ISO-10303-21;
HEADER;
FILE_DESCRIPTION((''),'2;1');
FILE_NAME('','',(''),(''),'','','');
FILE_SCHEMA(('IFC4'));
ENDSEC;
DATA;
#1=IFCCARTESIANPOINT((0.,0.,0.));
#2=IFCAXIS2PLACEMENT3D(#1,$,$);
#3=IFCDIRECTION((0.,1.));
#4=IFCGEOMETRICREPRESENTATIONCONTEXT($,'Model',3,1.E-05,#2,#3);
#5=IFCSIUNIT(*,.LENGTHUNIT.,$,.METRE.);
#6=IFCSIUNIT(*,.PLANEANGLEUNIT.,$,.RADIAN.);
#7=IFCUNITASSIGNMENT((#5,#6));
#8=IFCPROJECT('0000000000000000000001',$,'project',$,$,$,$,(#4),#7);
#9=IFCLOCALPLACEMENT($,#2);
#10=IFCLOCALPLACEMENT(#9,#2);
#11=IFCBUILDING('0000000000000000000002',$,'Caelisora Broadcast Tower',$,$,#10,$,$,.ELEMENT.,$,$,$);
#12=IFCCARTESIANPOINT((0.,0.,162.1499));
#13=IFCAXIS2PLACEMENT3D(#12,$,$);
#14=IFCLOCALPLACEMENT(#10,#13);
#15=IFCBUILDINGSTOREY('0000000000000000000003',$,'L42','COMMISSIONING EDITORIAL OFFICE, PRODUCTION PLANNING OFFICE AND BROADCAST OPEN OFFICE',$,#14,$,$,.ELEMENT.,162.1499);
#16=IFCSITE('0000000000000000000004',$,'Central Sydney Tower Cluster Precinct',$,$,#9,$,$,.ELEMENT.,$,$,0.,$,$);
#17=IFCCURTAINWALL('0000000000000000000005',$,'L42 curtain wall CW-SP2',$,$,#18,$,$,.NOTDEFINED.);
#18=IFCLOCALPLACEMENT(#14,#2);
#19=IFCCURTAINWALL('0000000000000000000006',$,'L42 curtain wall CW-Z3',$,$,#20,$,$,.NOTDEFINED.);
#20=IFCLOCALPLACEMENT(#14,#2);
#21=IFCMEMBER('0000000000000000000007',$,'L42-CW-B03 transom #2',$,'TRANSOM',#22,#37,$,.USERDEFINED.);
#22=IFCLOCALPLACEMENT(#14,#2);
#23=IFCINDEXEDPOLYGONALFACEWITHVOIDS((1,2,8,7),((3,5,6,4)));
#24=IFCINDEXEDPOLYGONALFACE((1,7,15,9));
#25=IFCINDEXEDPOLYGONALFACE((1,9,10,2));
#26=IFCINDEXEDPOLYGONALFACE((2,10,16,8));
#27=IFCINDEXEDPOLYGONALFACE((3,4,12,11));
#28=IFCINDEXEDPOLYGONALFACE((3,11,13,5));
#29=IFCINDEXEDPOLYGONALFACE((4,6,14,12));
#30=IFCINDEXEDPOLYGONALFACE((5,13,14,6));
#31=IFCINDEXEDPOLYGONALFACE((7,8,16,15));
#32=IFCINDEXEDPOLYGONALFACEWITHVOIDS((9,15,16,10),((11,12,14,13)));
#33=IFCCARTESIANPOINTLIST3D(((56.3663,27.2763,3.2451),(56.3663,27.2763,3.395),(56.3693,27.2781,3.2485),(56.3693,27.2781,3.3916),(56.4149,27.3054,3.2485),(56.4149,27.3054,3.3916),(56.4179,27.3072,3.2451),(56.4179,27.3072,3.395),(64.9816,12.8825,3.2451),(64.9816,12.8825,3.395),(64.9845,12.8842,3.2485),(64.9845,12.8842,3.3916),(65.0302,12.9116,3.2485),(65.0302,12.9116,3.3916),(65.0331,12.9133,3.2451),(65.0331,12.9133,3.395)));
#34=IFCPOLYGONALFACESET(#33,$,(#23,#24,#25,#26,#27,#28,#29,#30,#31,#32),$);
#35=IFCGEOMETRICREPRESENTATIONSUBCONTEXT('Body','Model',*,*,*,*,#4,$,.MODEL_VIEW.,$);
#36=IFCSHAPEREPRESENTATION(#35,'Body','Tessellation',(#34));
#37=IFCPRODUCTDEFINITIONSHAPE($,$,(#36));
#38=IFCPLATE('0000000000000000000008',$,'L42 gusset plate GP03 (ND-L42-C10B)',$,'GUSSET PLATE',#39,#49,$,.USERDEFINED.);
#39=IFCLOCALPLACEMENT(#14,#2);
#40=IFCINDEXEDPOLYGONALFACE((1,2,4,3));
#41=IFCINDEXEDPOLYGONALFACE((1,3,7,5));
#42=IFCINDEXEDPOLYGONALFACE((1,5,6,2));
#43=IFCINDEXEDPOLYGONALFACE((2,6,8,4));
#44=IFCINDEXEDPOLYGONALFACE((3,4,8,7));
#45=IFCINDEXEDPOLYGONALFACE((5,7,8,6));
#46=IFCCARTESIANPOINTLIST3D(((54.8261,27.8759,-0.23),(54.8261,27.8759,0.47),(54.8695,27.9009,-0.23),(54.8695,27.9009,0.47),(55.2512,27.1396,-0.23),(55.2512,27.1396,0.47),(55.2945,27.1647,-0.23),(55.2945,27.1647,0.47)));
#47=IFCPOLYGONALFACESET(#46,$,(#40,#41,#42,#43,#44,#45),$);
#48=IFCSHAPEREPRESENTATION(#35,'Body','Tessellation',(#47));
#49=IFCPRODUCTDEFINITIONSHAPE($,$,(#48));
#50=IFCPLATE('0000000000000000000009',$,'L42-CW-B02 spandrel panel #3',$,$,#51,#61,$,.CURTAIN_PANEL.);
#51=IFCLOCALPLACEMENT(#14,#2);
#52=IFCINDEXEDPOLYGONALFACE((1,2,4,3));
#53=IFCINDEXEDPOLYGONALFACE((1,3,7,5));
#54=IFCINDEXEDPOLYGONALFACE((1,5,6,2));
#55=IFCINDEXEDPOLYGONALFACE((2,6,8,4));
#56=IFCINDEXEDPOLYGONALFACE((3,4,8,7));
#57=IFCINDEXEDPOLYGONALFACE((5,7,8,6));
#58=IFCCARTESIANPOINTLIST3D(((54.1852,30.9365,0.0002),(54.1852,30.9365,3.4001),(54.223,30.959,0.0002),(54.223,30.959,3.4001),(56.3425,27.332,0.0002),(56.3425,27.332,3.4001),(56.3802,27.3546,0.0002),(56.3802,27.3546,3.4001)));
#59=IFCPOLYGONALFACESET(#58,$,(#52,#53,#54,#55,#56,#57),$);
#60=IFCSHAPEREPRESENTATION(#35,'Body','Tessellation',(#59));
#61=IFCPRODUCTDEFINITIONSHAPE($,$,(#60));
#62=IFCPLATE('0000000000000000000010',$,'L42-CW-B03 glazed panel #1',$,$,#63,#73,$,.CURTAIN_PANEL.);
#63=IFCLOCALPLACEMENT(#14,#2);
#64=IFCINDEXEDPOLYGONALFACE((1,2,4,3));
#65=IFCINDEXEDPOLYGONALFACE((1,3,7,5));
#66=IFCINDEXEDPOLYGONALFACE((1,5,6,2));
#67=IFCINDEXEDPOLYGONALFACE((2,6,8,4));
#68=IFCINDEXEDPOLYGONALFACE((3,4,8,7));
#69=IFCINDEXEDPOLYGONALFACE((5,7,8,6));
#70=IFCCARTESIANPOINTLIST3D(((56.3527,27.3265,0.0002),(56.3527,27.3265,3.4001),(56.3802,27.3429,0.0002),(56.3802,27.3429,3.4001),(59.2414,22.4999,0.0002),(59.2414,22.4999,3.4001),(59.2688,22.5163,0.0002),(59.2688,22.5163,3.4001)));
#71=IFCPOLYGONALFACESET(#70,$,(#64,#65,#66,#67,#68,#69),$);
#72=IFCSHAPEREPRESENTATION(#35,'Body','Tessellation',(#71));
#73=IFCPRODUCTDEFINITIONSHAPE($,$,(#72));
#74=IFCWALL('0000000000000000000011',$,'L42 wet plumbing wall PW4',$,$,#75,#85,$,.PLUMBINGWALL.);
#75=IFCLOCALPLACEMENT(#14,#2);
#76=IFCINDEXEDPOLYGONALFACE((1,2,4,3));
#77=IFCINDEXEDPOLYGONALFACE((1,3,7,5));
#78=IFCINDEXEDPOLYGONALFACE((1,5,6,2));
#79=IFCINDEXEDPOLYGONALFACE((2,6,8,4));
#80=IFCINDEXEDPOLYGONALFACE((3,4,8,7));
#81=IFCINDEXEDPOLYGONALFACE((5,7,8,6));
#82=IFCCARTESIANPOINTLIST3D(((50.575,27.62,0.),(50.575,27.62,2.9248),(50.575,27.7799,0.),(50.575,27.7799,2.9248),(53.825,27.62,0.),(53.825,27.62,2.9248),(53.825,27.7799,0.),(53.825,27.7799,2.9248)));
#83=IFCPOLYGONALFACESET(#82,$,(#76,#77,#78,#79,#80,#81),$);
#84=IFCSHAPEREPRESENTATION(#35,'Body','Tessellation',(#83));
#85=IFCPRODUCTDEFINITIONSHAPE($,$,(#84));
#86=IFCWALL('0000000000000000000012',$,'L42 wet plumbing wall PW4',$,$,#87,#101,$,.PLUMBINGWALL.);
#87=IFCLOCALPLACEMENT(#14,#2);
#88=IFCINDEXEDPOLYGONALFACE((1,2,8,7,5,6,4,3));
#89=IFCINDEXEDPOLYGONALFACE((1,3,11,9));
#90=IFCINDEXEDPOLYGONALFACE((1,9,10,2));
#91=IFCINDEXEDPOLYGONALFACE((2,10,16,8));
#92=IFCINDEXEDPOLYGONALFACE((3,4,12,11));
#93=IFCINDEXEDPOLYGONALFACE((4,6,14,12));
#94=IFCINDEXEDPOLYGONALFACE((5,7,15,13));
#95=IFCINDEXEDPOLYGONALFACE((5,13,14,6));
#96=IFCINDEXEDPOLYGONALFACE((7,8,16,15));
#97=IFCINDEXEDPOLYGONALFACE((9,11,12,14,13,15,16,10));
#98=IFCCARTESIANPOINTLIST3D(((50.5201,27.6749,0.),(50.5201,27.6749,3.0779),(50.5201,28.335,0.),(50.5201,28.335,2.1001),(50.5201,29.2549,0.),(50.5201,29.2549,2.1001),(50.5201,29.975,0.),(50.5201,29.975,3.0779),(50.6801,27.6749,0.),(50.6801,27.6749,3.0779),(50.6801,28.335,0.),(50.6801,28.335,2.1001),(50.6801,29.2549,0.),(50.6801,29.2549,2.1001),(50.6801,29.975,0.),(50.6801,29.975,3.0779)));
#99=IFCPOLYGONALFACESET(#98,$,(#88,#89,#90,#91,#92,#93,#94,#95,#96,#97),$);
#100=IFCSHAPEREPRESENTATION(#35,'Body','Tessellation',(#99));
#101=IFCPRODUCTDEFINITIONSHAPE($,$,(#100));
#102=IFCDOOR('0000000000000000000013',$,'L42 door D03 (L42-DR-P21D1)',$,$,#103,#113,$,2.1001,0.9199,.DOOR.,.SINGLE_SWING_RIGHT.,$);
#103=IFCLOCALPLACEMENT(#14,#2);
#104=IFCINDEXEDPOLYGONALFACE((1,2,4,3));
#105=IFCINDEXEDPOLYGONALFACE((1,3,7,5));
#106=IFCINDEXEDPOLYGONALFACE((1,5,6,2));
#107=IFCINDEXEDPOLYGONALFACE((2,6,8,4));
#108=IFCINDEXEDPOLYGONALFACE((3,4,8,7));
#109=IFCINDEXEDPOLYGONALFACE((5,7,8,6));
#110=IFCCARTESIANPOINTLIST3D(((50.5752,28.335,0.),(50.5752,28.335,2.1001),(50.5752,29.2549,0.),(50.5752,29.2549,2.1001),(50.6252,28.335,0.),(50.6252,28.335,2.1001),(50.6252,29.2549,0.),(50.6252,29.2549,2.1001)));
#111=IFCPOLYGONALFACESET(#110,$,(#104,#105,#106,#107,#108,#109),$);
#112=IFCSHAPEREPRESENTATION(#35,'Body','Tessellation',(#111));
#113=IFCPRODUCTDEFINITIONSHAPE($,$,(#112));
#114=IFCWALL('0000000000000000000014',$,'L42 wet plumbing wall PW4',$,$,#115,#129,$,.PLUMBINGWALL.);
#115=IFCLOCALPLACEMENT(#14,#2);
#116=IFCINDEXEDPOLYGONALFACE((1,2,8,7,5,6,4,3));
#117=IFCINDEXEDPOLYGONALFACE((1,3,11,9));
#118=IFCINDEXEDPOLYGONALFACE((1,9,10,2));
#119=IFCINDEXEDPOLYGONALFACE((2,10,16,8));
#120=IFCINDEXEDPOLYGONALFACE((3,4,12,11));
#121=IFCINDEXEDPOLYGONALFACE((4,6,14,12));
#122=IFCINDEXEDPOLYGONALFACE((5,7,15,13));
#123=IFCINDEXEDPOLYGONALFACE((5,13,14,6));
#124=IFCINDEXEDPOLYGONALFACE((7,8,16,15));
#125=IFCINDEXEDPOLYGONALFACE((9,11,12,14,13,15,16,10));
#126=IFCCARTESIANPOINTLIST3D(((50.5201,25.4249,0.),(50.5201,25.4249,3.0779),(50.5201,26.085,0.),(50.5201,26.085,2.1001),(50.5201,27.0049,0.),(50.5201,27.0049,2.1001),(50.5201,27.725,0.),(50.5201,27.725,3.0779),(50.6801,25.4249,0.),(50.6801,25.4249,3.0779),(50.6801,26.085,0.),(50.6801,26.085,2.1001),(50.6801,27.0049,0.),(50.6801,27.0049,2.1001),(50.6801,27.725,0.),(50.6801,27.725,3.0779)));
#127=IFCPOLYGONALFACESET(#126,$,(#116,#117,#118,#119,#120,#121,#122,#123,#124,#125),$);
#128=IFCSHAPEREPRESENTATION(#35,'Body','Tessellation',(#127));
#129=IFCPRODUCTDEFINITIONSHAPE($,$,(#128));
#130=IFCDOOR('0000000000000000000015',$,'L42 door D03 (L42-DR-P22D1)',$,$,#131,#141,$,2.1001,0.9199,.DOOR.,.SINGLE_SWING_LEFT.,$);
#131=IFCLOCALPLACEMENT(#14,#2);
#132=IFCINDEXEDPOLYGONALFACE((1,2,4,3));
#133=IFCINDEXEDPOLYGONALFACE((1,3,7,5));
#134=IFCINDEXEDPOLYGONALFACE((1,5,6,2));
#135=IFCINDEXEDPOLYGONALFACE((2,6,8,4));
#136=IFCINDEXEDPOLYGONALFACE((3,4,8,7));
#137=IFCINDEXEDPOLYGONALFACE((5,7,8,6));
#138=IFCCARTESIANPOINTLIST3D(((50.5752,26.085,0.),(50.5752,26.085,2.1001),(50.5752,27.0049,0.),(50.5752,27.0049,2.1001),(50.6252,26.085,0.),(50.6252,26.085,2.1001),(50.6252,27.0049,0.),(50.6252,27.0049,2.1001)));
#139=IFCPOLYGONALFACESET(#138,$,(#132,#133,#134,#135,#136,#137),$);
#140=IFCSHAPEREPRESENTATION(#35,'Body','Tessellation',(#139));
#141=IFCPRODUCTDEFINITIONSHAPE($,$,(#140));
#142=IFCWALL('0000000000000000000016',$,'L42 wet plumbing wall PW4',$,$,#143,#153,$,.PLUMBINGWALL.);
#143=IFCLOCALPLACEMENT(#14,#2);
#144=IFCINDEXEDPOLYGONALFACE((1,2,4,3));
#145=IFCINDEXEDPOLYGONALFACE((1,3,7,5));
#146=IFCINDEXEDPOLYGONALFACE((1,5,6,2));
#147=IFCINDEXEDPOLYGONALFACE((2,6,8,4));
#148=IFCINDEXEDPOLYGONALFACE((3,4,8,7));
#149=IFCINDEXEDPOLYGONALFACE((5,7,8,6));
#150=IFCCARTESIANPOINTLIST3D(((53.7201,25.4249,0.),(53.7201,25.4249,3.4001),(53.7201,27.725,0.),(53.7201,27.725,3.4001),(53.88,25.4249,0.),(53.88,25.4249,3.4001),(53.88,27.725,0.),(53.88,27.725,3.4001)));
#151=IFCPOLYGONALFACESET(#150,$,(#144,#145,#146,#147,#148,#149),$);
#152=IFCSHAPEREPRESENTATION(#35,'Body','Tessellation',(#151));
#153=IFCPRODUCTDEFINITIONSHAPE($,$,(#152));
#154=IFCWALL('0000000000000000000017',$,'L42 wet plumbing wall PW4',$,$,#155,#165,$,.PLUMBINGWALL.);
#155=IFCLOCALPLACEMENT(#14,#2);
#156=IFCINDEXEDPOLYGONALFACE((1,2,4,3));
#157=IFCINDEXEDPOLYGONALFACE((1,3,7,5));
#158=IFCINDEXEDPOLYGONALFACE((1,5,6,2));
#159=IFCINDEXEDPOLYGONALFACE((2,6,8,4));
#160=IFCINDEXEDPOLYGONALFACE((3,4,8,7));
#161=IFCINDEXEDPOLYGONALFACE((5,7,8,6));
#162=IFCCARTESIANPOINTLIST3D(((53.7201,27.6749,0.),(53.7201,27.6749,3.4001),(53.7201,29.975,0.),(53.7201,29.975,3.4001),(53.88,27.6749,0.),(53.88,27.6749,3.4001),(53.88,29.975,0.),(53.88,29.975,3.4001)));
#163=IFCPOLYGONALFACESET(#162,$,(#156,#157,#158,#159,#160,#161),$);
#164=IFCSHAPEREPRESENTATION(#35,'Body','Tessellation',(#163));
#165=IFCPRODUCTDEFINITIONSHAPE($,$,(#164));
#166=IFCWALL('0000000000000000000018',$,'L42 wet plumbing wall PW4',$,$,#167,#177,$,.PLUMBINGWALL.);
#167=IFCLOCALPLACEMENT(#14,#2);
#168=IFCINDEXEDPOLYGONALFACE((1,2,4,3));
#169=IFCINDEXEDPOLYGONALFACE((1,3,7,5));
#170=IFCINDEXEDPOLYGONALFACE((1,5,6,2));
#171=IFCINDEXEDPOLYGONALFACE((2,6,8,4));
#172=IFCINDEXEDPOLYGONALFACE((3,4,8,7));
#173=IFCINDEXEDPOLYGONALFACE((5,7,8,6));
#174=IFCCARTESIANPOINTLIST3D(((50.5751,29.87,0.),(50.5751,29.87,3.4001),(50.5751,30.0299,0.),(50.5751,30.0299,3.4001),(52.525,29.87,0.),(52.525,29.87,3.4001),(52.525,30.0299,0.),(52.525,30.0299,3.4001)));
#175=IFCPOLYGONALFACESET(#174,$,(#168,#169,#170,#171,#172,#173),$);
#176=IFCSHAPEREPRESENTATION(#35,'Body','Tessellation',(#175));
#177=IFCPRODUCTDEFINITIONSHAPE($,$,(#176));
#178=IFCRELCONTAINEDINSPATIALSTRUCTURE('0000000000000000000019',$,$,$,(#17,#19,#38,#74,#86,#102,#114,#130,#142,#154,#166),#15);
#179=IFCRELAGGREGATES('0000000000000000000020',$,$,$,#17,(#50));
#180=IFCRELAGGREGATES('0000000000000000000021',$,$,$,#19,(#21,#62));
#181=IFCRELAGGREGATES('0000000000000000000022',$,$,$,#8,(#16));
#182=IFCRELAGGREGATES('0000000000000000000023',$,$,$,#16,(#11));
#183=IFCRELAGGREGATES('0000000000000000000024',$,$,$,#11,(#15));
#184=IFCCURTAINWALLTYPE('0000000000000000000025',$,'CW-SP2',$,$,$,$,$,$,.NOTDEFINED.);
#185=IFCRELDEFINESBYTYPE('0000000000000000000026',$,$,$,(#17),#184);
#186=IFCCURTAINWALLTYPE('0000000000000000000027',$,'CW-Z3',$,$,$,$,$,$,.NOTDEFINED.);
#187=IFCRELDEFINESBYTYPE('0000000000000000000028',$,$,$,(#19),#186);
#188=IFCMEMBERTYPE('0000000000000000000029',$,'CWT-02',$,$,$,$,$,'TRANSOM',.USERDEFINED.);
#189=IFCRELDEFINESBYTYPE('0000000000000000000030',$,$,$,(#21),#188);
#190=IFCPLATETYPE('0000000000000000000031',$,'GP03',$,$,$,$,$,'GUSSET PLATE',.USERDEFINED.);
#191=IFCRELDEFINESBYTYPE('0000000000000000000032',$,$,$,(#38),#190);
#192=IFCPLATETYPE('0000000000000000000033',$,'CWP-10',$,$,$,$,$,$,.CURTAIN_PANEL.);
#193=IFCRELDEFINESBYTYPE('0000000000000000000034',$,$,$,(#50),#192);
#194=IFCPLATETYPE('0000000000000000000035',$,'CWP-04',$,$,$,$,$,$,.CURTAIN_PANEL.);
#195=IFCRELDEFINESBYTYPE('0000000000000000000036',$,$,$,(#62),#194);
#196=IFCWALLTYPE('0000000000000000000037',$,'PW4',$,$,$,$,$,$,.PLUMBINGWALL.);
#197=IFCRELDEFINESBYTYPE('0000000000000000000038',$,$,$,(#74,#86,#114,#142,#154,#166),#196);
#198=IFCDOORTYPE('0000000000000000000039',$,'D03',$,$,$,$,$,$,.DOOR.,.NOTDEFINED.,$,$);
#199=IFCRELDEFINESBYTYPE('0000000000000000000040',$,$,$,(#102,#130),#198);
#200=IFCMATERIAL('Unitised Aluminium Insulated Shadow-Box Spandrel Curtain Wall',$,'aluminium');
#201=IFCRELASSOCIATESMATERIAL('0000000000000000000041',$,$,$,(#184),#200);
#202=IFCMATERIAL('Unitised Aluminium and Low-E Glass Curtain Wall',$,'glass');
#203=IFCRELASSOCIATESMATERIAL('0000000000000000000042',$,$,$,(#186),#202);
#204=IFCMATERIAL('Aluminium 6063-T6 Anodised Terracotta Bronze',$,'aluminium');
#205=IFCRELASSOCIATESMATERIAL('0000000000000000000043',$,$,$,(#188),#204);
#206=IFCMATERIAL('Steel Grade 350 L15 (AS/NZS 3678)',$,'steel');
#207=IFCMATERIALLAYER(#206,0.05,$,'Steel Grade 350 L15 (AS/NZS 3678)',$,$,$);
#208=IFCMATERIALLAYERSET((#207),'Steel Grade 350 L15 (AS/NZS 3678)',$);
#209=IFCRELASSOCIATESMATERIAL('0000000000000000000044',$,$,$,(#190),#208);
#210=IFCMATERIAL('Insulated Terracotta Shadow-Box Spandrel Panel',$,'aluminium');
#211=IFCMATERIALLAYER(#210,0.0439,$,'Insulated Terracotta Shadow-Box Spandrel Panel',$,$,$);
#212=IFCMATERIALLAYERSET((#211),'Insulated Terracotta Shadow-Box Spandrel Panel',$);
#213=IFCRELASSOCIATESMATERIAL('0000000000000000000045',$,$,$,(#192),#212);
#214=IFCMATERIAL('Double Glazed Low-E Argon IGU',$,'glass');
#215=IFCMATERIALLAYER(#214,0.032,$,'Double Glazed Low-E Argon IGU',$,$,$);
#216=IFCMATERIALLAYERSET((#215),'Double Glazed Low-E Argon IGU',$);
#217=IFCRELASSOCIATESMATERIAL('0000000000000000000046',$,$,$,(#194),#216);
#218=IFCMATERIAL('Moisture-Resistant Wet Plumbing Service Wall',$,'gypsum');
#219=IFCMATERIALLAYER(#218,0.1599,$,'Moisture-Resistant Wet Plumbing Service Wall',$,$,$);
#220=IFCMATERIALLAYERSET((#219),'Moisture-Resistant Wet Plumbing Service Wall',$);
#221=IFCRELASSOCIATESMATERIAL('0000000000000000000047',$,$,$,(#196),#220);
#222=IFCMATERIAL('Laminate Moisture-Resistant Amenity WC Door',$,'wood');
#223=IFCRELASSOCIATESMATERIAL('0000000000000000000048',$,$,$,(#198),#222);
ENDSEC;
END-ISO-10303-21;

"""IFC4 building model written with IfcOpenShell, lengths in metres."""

from ifc_helpers import new_model, si_unit, direction, frame, frame_2d, origin, origin_2d, place, context, subcontext, project, spatial, rectangle, hollow_rectangle, extrude, source, transform, mapped, material, layer, layer_set, material_profile, profile_set, type_object, type_shapes, element, fill, aggregate, save


model = new_model("IFC4")

# Units and contexts
model_context = context("Model", 3, precision=1e-05, world=origin(), true_north=direction((0.0, 1.0)))
body_context = subcontext(model_context, "Body", "Model", "MODEL_VIEW")
ifc_project = project(units=[si_unit("LENGTHUNIT", "METRE"), si_unit("PLANEANGLEUNIT", "RADIAN")], contexts=[model_context])

# Site, building, storey
site_placement = place(None, origin())
site = spatial("IfcSite", under=ifc_project, at=site_placement, Name="Central Sydney Tower Cluster Precinct", CompositionType="ELEMENT", RefElevation=0.0)
building_placement = place(site_placement, origin())
building = spatial("IfcBuilding", under=site, at=building_placement, Name="Caelisora Broadcast Tower", CompositionType="ELEMENT")
storey_placement = place(building_placement, frame((0.0, 0.0, 162.1499)))
storey = spatial("IfcBuildingStorey", under=building, at=storey_placement, Name="L42", Description="COMMISSIONING EDITORIAL OFFICE, PRODUCTION PLANNING OFFICE AND BROADCAST OPEN OFFICE", CompositionType="ELEMENT", Elevation=162.1499)

# Shared definitions
ifc_material_1 = material(Name="Steel Grade 350 L15 (AS/NZS 3678)", Category="steel")

# Curtain wall
ifc_material_2 = material(Name="Unitised Aluminium Insulated Shadow-Box Spandrel Curtain Wall", Category="aluminium")
curtain_wall_type_1 = type_object("IfcCurtainWallType", Name="CW-SP2", PredefinedType="NOTDEFINED", material=ifc_material_2)
curtain_wall_1_placement = place(storey_placement, origin())
curtain_wall_1 = element("IfcCurtainWall", 1, at=curtain_wall_1_placement, inside=storey, type_object=curtain_wall_type_1, Name="L42 curtain wall CW-SP2", PredefinedType="NOTDEFINED")
ifc_material_3 = material(Name="Aluminium 6063-T6 Anodised Terracotta Bronze", Category="aluminium")

# Curtain wall, member
ifc_material_4 = material(Name="Unitised Aluminium and Low-E Glass Curtain Wall", Category="glass")
curtain_wall_type_2 = type_object("IfcCurtainWallType", Name="CW-Z3", PredefinedType="NOTDEFINED", material=ifc_material_4)
curtain_wall_2_placement = place(storey_placement, origin())
curtain_wall_2 = element("IfcCurtainWall", 2, at=curtain_wall_2_placement, inside=storey, type_object=curtain_wall_type_2, Name="L42 curtain wall CW-Z3", PredefinedType="NOTDEFINED")
ifc_material_profile_1 = material_profile(ifc_material_3, hollow_rectangle(XDim=0.0601, YDim=0.1499, WallThickness=0.0034, at=origin_2d()), Name="Aluminium 6063-T6 Anodised Terracotta Bronze")
ifc_profile_set_1 = profile_set([ifc_material_profile_1], Name="Aluminium 6063-T6 Anodised Terracotta Bronze")
member_type_1 = type_object("IfcMemberType", Name="CWT-02", ElementType="TRANSOM", PredefinedType="USERDEFINED", material=ifc_profile_set_1)
shared_shape_1 = source(origin(), body_context, "Body", "SweptSolid", [
    extrude(hollow_rectangle(XDim=0.0601, YDim=0.1499, WallThickness=0.0034, at=origin_2d()), origin(), (0.0, 0.0, 1.0), 16.7751),
])
type_shapes(member_type_1, [shared_shape_1])
member_1_placement = place(storey_placement, frame((56.3921, 27.2917, 3.3201), z_axis=(0.513573, -0.858046, 0.0), x_axis=(0.858046, 0.513573, 0.0)))
member_1 = element("IfcMember", 3, at=member_1_placement, type_object=member_type_1, Name="L42-CW-B03 transom #2", ObjectType="TRANSOM", PredefinedType="USERDEFINED", context=body_context, shape_type="MappedRepresentation", body=[
    mapped(shared_shape_1, transform((0.0, 0.0, 0.0), scale=1.0)),
])

# Plates
ifc_layer_1 = layer(ifc_material_1, 0.05, Name="Steel Grade 350 L15 (AS/NZS 3678)")
ifc_layer_set_1 = layer_set([ifc_layer_1], Name="Steel Grade 350 L15 (AS/NZS 3678)")
plate_type_1 = type_object("IfcPlateType", Name="GP03", ElementType="GUSSET PLATE", PredefinedType="USERDEFINED", material=ifc_layer_set_1)
shared_shape_2 = source(origin(), body_context, "Body", "SweptSolid", [
    extrude(rectangle(XDim=0.8501, YDim=0.05, at=origin_2d()), origin(), (0.0, 0.0, 1.0), 0.7),
])
type_shapes(plate_type_1, [shared_shape_2])
plate_1_placement = place(storey_placement, frame((55.0603, 27.5203, -0.23), z_axis=(0.0, 0.0, 1.0), x_axis=(-0.5, 0.866025, 0.0)))
element("IfcPlate", 4, at=plate_1_placement, inside=storey, type_object=plate_type_1, Name="L42 gusset plate GP03 (ND-L42-C10B)", ObjectType="GUSSET PLATE", PredefinedType="USERDEFINED", context=body_context, shape_type="MappedRepresentation", body=[
    mapped(shared_shape_2, transform((0.0, 0.0, 0.0), scale=1.0)),
])
ifc_material_5 = material(Name="Insulated Terracotta Shadow-Box Spandrel Panel", Category="aluminium")
ifc_layer_2 = layer(ifc_material_5, 0.0439, Name="Insulated Terracotta Shadow-Box Spandrel Panel")
ifc_layer_set_2 = layer_set([ifc_layer_2], Name="Insulated Terracotta Shadow-Box Spandrel Panel")
plate_type_2 = type_object("IfcPlateType", Name="CWP-10", PredefinedType="CURTAIN_PANEL", material=ifc_layer_set_2)
shared_shape_3 = source(origin(), body_context, "Body", "SweptSolid", [
    extrude(rectangle(XDim=4.2007, YDim=0.0439, at=origin_2d()), origin(), (0.0, 0.0, 1.0), 3.3999),
])
type_shapes(plate_type_2, [shared_shape_3])
plate_2_placement = place(storey_placement, frame((55.2827, 29.1455, 0.0002), z_axis=(0.0, 0.0, 1.0), x_axis=(0.513541, -0.858065, 0.0)))
plate_2 = element("IfcPlate", 5, at=plate_2_placement, type_object=plate_type_2, Name="L42-CW-B02 spandrel panel #3", PredefinedType="CURTAIN_PANEL", context=body_context, shape_type="MappedRepresentation", body=[
    mapped(shared_shape_3, transform((0.0, 0.0, 0.0), scale=1.0)),
])
aggregate(curtain_wall_1, [plate_2])
ifc_material_6 = material(Name="Double Glazed Low-E Argon IGU", Category="glass")
ifc_layer_3 = layer(ifc_material_6, 0.032, Name="Double Glazed Low-E Argon IGU")
ifc_layer_set_3 = layer_set([ifc_layer_3], Name="Double Glazed Low-E Argon IGU")
plate_type_3 = type_object("IfcPlateType", Name="CWP-04", PredefinedType="CURTAIN_PANEL", material=ifc_layer_set_3)
shared_shape_4 = source(origin(), body_context, "Body", "SweptSolid", [
    extrude(rectangle(XDim=5.625, YDim=0.032, at=origin_2d()), origin(), (0.0, 0.0, 1.0), 3.3999),
])
type_shapes(plate_type_3, [shared_shape_4])
plate_3_placement = place(storey_placement, frame((57.8108, 24.9214, 0.0002), z_axis=(0.0, 0.0, 1.0), x_axis=(0.513541, -0.858065, 0.0)))
plate_3 = element("IfcPlate", 6, at=plate_3_placement, type_object=plate_type_3, Name="L42-CW-B03 glazed panel #1", PredefinedType="CURTAIN_PANEL", context=body_context, shape_type="MappedRepresentation", body=[
    mapped(shared_shape_4, transform((0.0, 0.0, 0.0), scale=1.0)),
])
aggregate(curtain_wall_2, [member_1, plate_3])

# Wall
ifc_material_7 = material(Name="Moisture-Resistant Wet Plumbing Service Wall", Category="gypsum")
ifc_layer_4 = layer(ifc_material_7, 0.1599, Name="Moisture-Resistant Wet Plumbing Service Wall")
ifc_layer_set_4 = layer_set([ifc_layer_4], Name="Moisture-Resistant Wet Plumbing Service Wall")
wall_type = type_object("IfcWallType", Name="PW4", PredefinedType="PLUMBINGWALL", material=ifc_layer_set_4)
wall_1_placement = place(storey_placement, frame((50.575, 27.7, 0.0), z_axis=(0.0, 0.0, 1.0), x_axis=(1.0, 0.0, 0.0)))
element("IfcWall", 7, at=wall_1_placement, inside=storey, type_object=wall_type, Name="L42 wet plumbing wall PW4", PredefinedType="PLUMBINGWALL", context=body_context, shape_type="SweptSolid", body=[
    extrude(rectangle(XDim=3.25, YDim=0.1599, at=frame_2d((1.625, 0.0))), origin(), (0.0, 0.0, 1.0), 2.9248),
])

# Walls, openings, doors
wall_2_placement = place(storey_placement, frame((50.6001, 27.675, 0.0), z_axis=(0.0, 0.0, 1.0), x_axis=(0.0, 1.0, 0.0)))
wall_2 = element("IfcWall", 8, at=wall_2_placement, inside=storey, type_object=wall_type, Name="L42 wet plumbing wall PW4", PredefinedType="PLUMBINGWALL", context=body_context, shape_type="SweptSolid", body=[
    extrude(rectangle(XDim=2.3, YDim=0.1599, at=frame_2d((1.1499, 0.0))), origin(), (0.0, 0.0, 1.0), 3.0779),
])
opening_1_placement = place(wall_2_placement, frame((0.6599, 0.0, 0.0)))
opening_1 = element("IfcOpeningElement", 9, at=opening_1_placement, cuts=wall_2, PredefinedType="OPENING", context=body_context, shape_type="SweptSolid", body=[
    extrude(rectangle(XDim=0.9199, YDim=2.1001, at=frame_2d((0.46, 1.05))), frame((0.0, 0.092, 0.0), z_axis=(0.0, -1.0, 0.0), x_axis=(1.0, 0.0, 0.0)), (0.0, 0.0, 1.0), 0.1838),
])
ifc_material_8 = material(Name="Laminate Moisture-Resistant Amenity WC Door", Category="wood")
door_type = type_object("IfcDoorType", Name="D03", OperationType="NOTDEFINED", PredefinedType="DOOR", material=ifc_material_8)
door_1_placement = place(opening_1_placement, origin())
door_1 = element("IfcDoor", 10, at=door_1_placement, inside=storey, type_object=door_type, Name="L42 door D03 (L42-DR-P21D1)", OperationType="SINGLE_SWING_RIGHT", OverallHeight=2.1001, OverallWidth=0.9199, PredefinedType="DOOR", context=body_context, shape_type="SweptSolid", body=[
    extrude(rectangle(XDim=0.9199, YDim=2.1001, at=frame_2d((0.46, 1.05))), frame((0.0, 0.0249, 0.0), z_axis=(0.0, -1.0, 0.0), x_axis=(1.0, 0.0, 0.0)), (0.0, 0.0, 1.0), 0.05),
])
fill(opening_1, door_1)
wall_3_placement = place(storey_placement, frame((50.6001, 25.425, 0.0), z_axis=(0.0, 0.0, 1.0), x_axis=(0.0, 1.0, 0.0)))
wall_3 = element("IfcWall", 11, at=wall_3_placement, inside=storey, type_object=wall_type, Name="L42 wet plumbing wall PW4", PredefinedType="PLUMBINGWALL", context=body_context, shape_type="SweptSolid", body=[
    extrude(rectangle(XDim=2.3, YDim=0.1599, at=frame_2d((1.1499, 0.0))), origin(), (0.0, 0.0, 1.0), 3.0779),
])
opening_2_placement = place(wall_3_placement, frame((0.6599, 0.0, 0.0)))
opening_2 = element("IfcOpeningElement", 12, at=opening_2_placement, cuts=wall_3, PredefinedType="OPENING", context=body_context, shape_type="SweptSolid", body=[
    extrude(rectangle(XDim=0.9199, YDim=2.1001, at=frame_2d((0.46, 1.05))), frame((0.0, 0.092, 0.0), z_axis=(0.0, -1.0, 0.0), x_axis=(1.0, 0.0, 0.0)), (0.0, 0.0, 1.0), 0.1838),
])
door_2_placement = place(opening_2_placement, origin())
door_2 = element("IfcDoor", 13, at=door_2_placement, inside=storey, type_object=door_type, Name="L42 door D03 (L42-DR-P22D1)", OperationType="SINGLE_SWING_LEFT", OverallHeight=2.1001, OverallWidth=0.9199, PredefinedType="DOOR", context=body_context, shape_type="SweptSolid", body=[
    extrude(rectangle(XDim=0.9199, YDim=2.1001, at=frame_2d((0.46, 1.05))), frame((0.0, 0.0249, 0.0), z_axis=(0.0, -1.0, 0.0), x_axis=(1.0, 0.0, 0.0)), (0.0, 0.0, 1.0), 0.05),
])
fill(opening_2, door_2)

# Walls
for number, where, z_axis, x_axis, name in (
    (14, (53.8, 25.425, 0.0), (0.0, 0.0, 1.0), (0.0, 1.0, 0.0), "L42 wet plumbing wall PW4"),
    (15, (53.8, 27.675, 0.0), (0.0, 0.0, 1.0), (0.0, 1.0, 0.0), "L42 wet plumbing wall PW4"),
):
    element("IfcWall", number, at=place(storey_placement, frame(where, z_axis=z_axis, x_axis=x_axis)), inside=storey, type_object=wall_type, Name=name, PredefinedType="PLUMBINGWALL", context=body_context, shape_type="SweptSolid", body=[
        extrude(rectangle(XDim=2.3, YDim=0.1599, at=frame_2d((1.1499, 0.0))), origin(), (0.0, 0.0, 1.0), 3.4001),
    ])
wall_4_placement = place(storey_placement, frame((50.575, 29.95, 0.0), z_axis=(0.0, 0.0, 1.0), x_axis=(1.0, 0.0, 0.0)))
element("IfcWall", 16, at=wall_4_placement, inside=storey, type_object=wall_type, Name="L42 wet plumbing wall PW4", PredefinedType="PLUMBINGWALL", context=body_context, shape_type="SweptSolid", body=[
    extrude(rectangle(XDim=1.95, YDim=0.1599, at=frame_2d((0.9751, 0.0))), origin(), (0.0, 0.0, 1.0), 3.4001),
])

save(model, "model.ifc")
